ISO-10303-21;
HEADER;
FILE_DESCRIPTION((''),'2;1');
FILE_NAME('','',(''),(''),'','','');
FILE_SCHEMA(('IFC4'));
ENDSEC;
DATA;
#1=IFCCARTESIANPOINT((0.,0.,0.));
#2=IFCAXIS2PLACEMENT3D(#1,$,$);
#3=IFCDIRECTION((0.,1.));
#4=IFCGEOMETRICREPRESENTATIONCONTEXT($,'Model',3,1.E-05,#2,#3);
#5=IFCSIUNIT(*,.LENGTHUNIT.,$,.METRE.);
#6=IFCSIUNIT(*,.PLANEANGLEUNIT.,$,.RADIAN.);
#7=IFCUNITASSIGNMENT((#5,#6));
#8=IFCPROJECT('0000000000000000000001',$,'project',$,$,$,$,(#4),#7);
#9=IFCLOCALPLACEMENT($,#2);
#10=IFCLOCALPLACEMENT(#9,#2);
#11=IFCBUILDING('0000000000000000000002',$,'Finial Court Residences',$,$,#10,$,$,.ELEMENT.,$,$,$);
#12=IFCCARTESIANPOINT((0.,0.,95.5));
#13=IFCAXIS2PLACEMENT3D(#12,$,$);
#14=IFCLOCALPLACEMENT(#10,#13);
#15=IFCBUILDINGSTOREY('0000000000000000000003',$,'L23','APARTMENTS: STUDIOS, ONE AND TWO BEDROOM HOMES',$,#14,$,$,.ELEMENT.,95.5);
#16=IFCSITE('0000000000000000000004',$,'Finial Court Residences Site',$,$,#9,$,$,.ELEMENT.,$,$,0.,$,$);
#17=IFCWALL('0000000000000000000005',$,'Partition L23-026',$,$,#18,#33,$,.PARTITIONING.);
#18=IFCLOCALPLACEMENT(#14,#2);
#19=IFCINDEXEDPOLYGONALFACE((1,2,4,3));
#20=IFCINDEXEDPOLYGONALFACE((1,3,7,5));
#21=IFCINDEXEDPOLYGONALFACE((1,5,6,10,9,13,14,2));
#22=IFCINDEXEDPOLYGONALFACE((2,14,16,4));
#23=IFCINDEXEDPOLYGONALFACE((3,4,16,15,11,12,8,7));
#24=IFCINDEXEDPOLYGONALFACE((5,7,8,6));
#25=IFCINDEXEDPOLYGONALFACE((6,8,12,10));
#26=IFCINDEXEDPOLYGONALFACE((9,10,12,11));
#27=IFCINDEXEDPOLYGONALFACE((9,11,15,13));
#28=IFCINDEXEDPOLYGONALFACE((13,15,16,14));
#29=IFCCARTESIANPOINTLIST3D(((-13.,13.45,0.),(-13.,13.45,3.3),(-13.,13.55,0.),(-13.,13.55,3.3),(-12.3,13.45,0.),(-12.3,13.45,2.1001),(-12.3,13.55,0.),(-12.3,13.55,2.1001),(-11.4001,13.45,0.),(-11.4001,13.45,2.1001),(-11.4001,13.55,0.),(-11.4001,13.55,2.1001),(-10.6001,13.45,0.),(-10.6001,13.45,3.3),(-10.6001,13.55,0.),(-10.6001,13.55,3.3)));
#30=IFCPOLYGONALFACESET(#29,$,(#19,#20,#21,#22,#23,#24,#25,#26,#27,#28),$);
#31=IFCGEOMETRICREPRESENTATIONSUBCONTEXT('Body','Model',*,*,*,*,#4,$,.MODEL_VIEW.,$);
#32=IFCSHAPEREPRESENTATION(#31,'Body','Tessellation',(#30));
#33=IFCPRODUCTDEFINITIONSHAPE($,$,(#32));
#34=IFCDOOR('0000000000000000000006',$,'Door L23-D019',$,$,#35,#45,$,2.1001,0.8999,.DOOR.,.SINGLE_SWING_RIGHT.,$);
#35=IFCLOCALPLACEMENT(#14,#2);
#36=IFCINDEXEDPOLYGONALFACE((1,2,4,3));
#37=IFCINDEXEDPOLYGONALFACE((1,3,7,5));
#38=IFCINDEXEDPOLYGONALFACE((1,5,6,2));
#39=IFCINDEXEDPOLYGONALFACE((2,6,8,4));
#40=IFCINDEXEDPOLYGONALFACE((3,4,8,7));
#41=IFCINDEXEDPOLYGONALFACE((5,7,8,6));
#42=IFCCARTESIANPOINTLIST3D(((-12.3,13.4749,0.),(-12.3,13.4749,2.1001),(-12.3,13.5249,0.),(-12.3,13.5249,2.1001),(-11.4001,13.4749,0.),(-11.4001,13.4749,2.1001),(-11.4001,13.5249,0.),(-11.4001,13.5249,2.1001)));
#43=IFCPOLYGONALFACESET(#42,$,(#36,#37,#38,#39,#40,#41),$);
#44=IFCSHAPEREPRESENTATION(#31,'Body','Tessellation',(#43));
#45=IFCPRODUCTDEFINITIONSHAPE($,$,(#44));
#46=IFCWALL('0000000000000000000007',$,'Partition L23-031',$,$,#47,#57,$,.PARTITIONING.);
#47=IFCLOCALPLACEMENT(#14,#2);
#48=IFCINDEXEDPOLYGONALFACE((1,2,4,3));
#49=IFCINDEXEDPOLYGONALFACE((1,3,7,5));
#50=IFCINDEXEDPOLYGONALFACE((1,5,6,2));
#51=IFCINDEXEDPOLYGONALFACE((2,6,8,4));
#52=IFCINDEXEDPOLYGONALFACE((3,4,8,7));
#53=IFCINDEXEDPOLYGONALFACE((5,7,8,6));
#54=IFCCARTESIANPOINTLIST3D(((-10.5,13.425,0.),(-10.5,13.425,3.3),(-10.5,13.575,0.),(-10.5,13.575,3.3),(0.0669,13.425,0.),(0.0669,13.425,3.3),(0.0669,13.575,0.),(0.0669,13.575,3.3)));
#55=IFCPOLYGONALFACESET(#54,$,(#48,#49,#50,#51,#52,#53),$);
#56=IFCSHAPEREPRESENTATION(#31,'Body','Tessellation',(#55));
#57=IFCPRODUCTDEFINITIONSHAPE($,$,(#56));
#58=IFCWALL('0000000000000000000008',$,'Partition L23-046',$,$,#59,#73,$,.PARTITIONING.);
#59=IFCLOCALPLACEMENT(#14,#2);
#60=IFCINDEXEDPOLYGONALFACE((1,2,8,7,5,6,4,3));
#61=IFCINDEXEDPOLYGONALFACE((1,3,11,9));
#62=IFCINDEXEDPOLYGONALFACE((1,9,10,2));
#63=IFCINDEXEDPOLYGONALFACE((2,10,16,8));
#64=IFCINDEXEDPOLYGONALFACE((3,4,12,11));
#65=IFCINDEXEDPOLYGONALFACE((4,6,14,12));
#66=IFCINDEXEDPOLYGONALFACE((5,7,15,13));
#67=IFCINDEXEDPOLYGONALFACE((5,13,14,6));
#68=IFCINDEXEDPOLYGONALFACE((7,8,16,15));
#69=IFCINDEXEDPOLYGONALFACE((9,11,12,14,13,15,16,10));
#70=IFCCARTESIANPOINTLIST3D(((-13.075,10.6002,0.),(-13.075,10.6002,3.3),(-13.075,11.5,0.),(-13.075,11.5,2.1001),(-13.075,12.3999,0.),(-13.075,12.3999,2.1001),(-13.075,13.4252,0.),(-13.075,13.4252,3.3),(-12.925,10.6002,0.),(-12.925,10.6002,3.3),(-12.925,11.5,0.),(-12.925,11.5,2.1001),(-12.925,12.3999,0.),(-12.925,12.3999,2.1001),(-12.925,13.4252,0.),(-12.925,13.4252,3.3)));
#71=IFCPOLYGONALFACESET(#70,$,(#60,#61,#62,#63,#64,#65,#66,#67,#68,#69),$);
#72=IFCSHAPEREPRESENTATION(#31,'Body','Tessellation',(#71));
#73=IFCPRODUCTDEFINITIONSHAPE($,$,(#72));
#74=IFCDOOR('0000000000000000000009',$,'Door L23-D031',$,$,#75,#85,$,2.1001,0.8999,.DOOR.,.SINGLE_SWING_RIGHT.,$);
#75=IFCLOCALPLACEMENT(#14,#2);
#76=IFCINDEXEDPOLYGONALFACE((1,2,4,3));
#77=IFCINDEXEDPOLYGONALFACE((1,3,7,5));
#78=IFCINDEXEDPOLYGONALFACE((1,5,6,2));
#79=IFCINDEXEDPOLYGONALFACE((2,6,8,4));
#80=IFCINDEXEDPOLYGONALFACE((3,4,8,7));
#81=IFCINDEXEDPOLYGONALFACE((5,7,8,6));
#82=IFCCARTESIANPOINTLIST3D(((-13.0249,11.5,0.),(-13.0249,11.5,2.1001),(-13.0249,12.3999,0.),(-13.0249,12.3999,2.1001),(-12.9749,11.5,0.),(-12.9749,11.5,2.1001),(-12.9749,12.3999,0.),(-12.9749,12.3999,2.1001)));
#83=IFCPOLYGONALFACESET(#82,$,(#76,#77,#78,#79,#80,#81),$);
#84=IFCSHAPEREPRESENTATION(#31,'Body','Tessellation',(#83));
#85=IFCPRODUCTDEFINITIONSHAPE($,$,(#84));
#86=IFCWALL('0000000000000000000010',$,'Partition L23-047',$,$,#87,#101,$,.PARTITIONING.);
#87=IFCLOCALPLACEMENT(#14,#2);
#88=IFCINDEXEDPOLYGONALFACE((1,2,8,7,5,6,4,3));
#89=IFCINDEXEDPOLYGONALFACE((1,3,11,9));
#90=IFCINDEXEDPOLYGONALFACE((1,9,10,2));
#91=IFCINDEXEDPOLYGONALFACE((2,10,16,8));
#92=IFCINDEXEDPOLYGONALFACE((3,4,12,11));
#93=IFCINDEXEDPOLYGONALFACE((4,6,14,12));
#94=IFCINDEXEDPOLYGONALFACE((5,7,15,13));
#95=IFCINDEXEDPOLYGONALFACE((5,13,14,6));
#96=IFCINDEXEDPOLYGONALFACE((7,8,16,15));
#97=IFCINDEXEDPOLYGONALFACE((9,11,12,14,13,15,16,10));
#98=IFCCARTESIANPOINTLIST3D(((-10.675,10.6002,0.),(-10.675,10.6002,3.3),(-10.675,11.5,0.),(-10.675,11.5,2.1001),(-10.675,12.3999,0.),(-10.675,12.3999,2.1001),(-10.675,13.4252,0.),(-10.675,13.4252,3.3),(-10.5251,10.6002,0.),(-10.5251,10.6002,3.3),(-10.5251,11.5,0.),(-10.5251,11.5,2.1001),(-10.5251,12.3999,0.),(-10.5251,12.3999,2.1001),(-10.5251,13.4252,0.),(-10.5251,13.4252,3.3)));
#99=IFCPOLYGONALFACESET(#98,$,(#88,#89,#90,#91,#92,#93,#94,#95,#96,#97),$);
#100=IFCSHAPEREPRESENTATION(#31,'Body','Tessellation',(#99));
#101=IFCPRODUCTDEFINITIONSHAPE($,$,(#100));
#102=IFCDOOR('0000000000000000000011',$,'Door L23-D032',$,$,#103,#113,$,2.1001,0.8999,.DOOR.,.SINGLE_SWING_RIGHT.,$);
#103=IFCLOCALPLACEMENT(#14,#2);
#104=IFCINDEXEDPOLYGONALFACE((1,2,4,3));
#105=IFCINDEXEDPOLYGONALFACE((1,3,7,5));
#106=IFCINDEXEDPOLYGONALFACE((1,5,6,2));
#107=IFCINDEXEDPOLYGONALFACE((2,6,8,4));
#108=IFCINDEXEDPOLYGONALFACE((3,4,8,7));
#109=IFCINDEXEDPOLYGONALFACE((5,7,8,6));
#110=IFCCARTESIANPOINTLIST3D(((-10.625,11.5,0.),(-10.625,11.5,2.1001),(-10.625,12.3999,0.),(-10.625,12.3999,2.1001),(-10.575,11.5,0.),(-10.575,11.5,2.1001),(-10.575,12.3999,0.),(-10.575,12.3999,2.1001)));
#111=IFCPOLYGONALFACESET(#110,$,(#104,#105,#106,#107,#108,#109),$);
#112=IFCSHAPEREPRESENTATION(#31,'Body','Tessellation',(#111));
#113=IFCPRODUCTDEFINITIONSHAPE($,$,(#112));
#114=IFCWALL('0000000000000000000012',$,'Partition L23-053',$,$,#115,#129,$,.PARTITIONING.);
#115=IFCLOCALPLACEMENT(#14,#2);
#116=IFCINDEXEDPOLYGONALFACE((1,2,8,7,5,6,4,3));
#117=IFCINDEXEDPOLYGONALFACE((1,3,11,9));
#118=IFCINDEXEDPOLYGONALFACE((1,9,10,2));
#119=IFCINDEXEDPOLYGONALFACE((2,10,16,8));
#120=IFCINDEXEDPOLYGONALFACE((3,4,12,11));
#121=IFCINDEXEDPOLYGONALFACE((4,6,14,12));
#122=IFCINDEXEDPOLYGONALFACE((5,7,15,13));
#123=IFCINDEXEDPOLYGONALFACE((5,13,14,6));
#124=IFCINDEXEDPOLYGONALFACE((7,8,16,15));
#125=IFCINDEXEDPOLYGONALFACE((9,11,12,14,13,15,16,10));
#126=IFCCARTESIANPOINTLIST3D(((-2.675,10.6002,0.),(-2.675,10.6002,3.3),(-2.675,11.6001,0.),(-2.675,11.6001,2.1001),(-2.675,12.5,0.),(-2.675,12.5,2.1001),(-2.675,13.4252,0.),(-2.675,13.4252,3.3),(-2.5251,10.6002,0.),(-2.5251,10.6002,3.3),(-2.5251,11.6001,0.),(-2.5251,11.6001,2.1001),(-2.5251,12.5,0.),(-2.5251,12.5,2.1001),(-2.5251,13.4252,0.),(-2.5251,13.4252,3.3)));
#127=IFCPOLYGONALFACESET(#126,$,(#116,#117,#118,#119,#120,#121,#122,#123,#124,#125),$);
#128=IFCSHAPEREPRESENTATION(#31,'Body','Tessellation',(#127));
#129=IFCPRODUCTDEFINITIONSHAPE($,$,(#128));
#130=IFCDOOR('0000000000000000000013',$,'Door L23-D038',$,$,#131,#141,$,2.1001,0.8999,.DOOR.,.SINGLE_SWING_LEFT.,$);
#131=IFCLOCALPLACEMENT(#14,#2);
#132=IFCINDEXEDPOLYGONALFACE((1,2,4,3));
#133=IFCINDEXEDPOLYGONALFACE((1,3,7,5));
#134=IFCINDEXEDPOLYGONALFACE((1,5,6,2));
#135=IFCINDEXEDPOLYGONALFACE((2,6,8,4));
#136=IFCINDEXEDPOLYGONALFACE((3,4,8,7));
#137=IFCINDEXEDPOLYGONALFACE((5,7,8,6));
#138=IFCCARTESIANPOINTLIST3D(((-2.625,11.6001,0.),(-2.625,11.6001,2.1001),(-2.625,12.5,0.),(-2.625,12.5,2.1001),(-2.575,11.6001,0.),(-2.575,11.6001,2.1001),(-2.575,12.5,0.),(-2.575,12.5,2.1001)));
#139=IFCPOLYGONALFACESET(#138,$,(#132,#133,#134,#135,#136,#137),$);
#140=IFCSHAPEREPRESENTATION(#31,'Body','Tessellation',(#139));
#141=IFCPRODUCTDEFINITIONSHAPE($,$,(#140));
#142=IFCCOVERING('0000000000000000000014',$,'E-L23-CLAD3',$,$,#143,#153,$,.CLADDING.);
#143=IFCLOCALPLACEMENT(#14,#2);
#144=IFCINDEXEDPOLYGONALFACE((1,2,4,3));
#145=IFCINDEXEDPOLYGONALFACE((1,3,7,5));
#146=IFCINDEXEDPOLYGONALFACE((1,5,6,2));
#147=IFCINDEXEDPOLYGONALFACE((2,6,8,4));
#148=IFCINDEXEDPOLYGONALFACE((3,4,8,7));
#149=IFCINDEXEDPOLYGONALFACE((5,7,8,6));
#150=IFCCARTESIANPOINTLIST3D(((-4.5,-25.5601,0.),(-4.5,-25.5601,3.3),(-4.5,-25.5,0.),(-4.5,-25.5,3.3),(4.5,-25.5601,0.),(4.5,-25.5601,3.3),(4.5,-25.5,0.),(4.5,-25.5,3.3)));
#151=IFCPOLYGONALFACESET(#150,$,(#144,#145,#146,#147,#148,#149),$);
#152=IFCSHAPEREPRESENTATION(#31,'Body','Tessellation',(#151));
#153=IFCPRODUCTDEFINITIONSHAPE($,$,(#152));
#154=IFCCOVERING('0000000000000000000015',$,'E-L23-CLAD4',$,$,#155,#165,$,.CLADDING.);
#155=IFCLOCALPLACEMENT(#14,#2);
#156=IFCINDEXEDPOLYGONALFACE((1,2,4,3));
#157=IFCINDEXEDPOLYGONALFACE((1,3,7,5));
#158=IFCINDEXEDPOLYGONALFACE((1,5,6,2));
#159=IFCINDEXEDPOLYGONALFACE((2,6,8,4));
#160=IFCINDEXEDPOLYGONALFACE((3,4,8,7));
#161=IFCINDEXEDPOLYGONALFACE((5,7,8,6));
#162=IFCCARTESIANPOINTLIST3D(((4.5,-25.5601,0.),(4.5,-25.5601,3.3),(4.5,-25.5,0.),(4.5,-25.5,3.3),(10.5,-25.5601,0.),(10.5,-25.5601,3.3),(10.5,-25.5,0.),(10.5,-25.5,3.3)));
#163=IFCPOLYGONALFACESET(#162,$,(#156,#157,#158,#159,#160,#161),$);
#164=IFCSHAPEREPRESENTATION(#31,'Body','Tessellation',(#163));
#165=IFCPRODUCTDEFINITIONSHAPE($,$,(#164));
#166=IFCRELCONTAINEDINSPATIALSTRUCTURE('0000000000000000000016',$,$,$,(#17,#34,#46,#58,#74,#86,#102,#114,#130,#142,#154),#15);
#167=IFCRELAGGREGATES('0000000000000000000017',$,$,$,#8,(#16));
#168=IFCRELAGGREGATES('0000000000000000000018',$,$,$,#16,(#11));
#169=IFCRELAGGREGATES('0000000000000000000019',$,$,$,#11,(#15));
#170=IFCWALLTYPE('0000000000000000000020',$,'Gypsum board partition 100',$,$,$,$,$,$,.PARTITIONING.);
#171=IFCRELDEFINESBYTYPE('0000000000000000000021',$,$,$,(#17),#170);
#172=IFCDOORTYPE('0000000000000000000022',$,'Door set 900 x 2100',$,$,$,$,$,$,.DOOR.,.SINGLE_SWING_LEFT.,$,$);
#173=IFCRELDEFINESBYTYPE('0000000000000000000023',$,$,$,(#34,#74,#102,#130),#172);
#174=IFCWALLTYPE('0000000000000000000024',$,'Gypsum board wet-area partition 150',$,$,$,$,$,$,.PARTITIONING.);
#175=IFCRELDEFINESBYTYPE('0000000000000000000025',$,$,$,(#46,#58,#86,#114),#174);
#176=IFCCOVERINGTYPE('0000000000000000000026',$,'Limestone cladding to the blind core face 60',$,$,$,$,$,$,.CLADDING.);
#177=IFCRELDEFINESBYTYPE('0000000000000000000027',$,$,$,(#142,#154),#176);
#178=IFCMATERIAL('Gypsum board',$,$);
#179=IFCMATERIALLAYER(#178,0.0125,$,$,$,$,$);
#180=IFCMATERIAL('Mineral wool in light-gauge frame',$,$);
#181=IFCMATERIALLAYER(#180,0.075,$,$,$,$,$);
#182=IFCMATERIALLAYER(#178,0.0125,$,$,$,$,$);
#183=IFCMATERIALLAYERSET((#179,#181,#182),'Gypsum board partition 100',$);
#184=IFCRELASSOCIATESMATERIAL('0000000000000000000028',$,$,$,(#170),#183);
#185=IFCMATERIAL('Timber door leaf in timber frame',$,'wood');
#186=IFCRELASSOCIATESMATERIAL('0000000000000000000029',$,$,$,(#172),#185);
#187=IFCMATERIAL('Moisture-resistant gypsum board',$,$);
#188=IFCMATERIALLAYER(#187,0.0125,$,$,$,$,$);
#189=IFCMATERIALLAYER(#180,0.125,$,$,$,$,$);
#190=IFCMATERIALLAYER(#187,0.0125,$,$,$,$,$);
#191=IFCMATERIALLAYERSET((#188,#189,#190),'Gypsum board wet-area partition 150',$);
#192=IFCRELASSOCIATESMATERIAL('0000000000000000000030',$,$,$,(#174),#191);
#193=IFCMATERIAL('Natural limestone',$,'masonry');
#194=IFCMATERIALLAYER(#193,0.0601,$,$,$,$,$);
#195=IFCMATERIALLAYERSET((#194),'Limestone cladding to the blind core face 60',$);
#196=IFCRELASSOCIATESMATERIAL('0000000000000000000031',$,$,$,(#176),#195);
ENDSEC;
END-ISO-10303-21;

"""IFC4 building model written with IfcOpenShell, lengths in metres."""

from ifc_helpers import new_model, si_unit, direction, frame, frame_2d, origin, place, context, subcontext, project, spatial, polyline, rectangle, outline, extrude, material, layer, layer_set, type_object, element, fill, save


model = new_model("IFC4")

# Units and contexts
model_context = context("Model", 3, precision=1e-05, world=origin(), true_north=direction((0.0, 1.0)))
body_context = subcontext(model_context, "Body", "Model", "MODEL_VIEW")
ifc_project = project(units=[si_unit("LENGTHUNIT", "METRE"), si_unit("PLANEANGLEUNIT", "RADIAN")], contexts=[model_context])

# Site, building, storey
site_placement = place(None, origin())
site = spatial("IfcSite", under=ifc_project, at=site_placement, Name="Finial Court Residences Site", CompositionType="ELEMENT", RefElevation=0.0)
building_placement = place(site_placement, origin())
building = spatial("IfcBuilding", under=site, at=building_placement, Name="Finial Court Residences", CompositionType="ELEMENT")
storey_placement = place(building_placement, frame((0.0, 0.0, 95.5)))
storey = spatial("IfcBuildingStorey", under=building, at=storey_placement, Name="L23", Description="APARTMENTS: STUDIOS, ONE AND TWO BEDROOM HOMES", CompositionType="ELEMENT", Elevation=95.5)

# Shared definitions
ifc_material_1 = material(Name="Gypsum board")

# Wall, opening, door
ifc_layer_1 = layer(ifc_material_1, 0.0125)
ifc_material_2 = material(Name="Mineral wool in light-gauge frame")
ifc_layer_2 = layer(ifc_material_2, 0.075)
ifc_layer_3 = layer(ifc_material_1, 0.0125)
ifc_layer_set_1 = layer_set([ifc_layer_1, ifc_layer_2, ifc_layer_3], Name="Gypsum board partition 100")
wall_type_1 = type_object("IfcWallType", Name="Gypsum board partition 100", PredefinedType="PARTITIONING", material=ifc_layer_set_1)
wall_1_placement = place(storey_placement, frame((-13.0, 13.5, 0.0), z_axis=(0.0, 0.0, 1.0), x_axis=(1.0, 0.0, 0.0)))
wall_1 = element("IfcWall", 1, at=wall_1_placement, inside=storey, type_object=wall_type_1, Name="Partition L23-026", PredefinedType="PARTITIONING", context=body_context, shape_type="SweptSolid", body=[
    extrude(rectangle(XDim=2.3999, YDim=0.1001, at=frame_2d((1.2, 0.0))), origin(), (0.0, 0.0, 1.0), 3.3),
])
opening_1_placement = place(wall_1_placement, frame((0.7, 0.0, 0.0)))
opening_1 = element("IfcOpeningElement", 2, at=opening_1_placement, cuts=wall_1, PredefinedType="OPENING", context=body_context, shape_type="SweptSolid", body=[
    extrude(rectangle(XDim=0.8999, YDim=2.1001, at=frame_2d((0.45, 1.05))), frame((0.0, 0.0601, 0.0), z_axis=(0.0, -1.0, 0.0), x_axis=(1.0, 0.0, 0.0)), (0.0, 0.0, 1.0), 0.1201),
])
ifc_material_3 = material(Name="Timber door leaf in timber frame", Category="wood")
door_type = type_object("IfcDoorType", Name="Door set 900 x 2100", OperationType="SINGLE_SWING_LEFT", PredefinedType="DOOR", material=ifc_material_3)
door_1_placement = place(opening_1_placement, origin())
door_1 = element("IfcDoor", 3, at=door_1_placement, inside=storey, type_object=door_type, Name="Door L23-D019", OperationType="SINGLE_SWING_RIGHT", OverallHeight=2.1001, OverallWidth=0.8999, PredefinedType="DOOR", context=body_context, shape_type="SweptSolid", body=[
    extrude(rectangle(XDim=0.8999, YDim=2.1001, at=frame_2d((0.45, 1.05))), frame((0.0, 0.0249, 0.0), z_axis=(0.0, -1.0, 0.0), x_axis=(1.0, 0.0, 0.0)), (0.0, 0.0, 1.0), 0.05),
])
fill(opening_1, door_1)

# Wall
ifc_material_4 = material(Name="Moisture-resistant gypsum board")
ifc_layer_4 = layer(ifc_material_4, 0.0125)
ifc_layer_5 = layer(ifc_material_2, 0.125)
ifc_layer_6 = layer(ifc_material_4, 0.0125)
ifc_layer_set_2 = layer_set([ifc_layer_4, ifc_layer_5, ifc_layer_6], Name="Gypsum board wet-area partition 150")
wall_type_2 = type_object("IfcWallType", Name="Gypsum board wet-area partition 150", PredefinedType="PARTITIONING", material=ifc_layer_set_2)
wall_2_placement = place(storey_placement, frame((-10.5, 13.5, 0.0), z_axis=(0.0, 0.0, 1.0), x_axis=(1.0, 0.0, 0.0)))
element("IfcWall", 4, at=wall_2_placement, inside=storey, type_object=wall_type_2, Name="Partition L23-031", PredefinedType="PARTITIONING", context=body_context, shape_type="SweptSolid", body=[
    extrude(rectangle(XDim=10.5669, YDim=0.1499, at=frame_2d((5.2834, 0.0))), origin(), (0.0, 0.0, 1.0), 3.3),
])

# Walls, openings, doors
wall_3_placement = place(storey_placement, frame((-13.0, 10.6001, 0.0), z_axis=(0.0, 0.0, 1.0), x_axis=(0.0, 1.0, 0.0)))
wall_3 = element("IfcWall", 5, at=wall_3_placement, inside=storey, type_object=wall_type_2, Name="Partition L23-046", PredefinedType="PARTITIONING", context=body_context, shape_type="SweptSolid", body=[
    extrude(rectangle(XDim=2.825, YDim=0.1499, at=frame_2d((1.4126, 0.0))), origin(), (0.0, 0.0, 1.0), 3.3),
])
opening_2_placement = place(wall_3_placement, frame((0.8999, 0.0, 0.0)))
opening_2 = element("IfcOpeningElement", 6, at=opening_2_placement, cuts=wall_3, PredefinedType="OPENING", context=body_context, shape_type="SweptSolid", body=[
    extrude(rectangle(XDim=0.8999, YDim=2.1001, at=frame_2d((0.45, 1.05))), frame((0.0, 0.085, 0.0), z_axis=(0.0, -1.0, 0.0), x_axis=(1.0, 0.0, 0.0)), (0.0, 0.0, 1.0), 0.1699),
])
door_2_placement = place(opening_2_placement, origin())
door_2 = element("IfcDoor", 7, at=door_2_placement, inside=storey, type_object=door_type, Name="Door L23-D031", OperationType="SINGLE_SWING_RIGHT", OverallHeight=2.1001, OverallWidth=0.8999, PredefinedType="DOOR", context=body_context, shape_type="SweptSolid", body=[
    extrude(rectangle(XDim=0.8999, YDim=2.1001, at=frame_2d((0.45, 1.05))), frame((0.0, 0.0249, 0.0), z_axis=(0.0, -1.0, 0.0), x_axis=(1.0, 0.0, 0.0)), (0.0, 0.0, 1.0), 0.05),
])
fill(opening_2, door_2)
wall_4_placement = place(storey_placement, frame((-10.6001, 10.6001, 0.0), z_axis=(0.0, 0.0, 1.0), x_axis=(0.0, 1.0, 0.0)))
wall_4 = element("IfcWall", 8, at=wall_4_placement, inside=storey, type_object=wall_type_2, Name="Partition L23-047", PredefinedType="PARTITIONING", context=body_context, shape_type="SweptSolid", body=[
    extrude(rectangle(XDim=2.825, YDim=0.1499, at=frame_2d((1.4126, 0.0))), origin(), (0.0, 0.0, 1.0), 3.3),
])
opening_3_placement = place(wall_4_placement, frame((0.8999, 0.0, 0.0)))
opening_3 = element("IfcOpeningElement", 9, at=opening_3_placement, cuts=wall_4, PredefinedType="OPENING", context=body_context, shape_type="SweptSolid", body=[
    extrude(rectangle(XDim=0.8999, YDim=2.1001, at=frame_2d((0.45, 1.05))), frame((0.0, 0.085, 0.0), z_axis=(0.0, -1.0, 0.0), x_axis=(1.0, 0.0, 0.0)), (0.0, 0.0, 1.0), 0.1699),
])
door_3_placement = place(opening_3_placement, origin())
door_3 = element("IfcDoor", 10, at=door_3_placement, inside=storey, type_object=door_type, Name="Door L23-D032", OperationType="SINGLE_SWING_RIGHT", OverallHeight=2.1001, OverallWidth=0.8999, PredefinedType="DOOR", context=body_context, shape_type="SweptSolid", body=[
    extrude(rectangle(XDim=0.8999, YDim=2.1001, at=frame_2d((0.45, 1.05))), frame((0.0, 0.0249, 0.0), z_axis=(0.0, -1.0, 0.0), x_axis=(1.0, 0.0, 0.0)), (0.0, 0.0, 1.0), 0.05),
])
fill(opening_3, door_3)
wall_5_placement = place(storey_placement, frame((-2.6001, 10.6001, 0.0), z_axis=(0.0, 0.0, 1.0), x_axis=(0.0, 1.0, 0.0)))
wall_5 = element("IfcWall", 11, at=wall_5_placement, inside=storey, type_object=wall_type_2, Name="Partition L23-053", PredefinedType="PARTITIONING", context=body_context, shape_type="SweptSolid", body=[
    extrude(rectangle(XDim=2.825, YDim=0.1499, at=frame_2d((1.4126, 0.0))), origin(), (0.0, 0.0, 1.0), 3.3),
])
opening_4_placement = place(wall_5_placement, frame((1.0, 0.0, 0.0)))
opening_4 = element("IfcOpeningElement", 12, at=opening_4_placement, cuts=wall_5, PredefinedType="OPENING", context=body_context, shape_type="SweptSolid", body=[
    extrude(rectangle(XDim=0.8999, YDim=2.1001, at=frame_2d((0.45, 1.05))), frame((0.0, 0.085, 0.0), z_axis=(0.0, -1.0, 0.0), x_axis=(1.0, 0.0, 0.0)), (0.0, 0.0, 1.0), 0.1699),
])
door_4_placement = place(opening_4_placement, origin())
door_4 = element("IfcDoor", 13, at=door_4_placement, inside=storey, type_object=door_type, Name="Door L23-D038", OperationType="SINGLE_SWING_LEFT", OverallHeight=2.1001, OverallWidth=0.8999, PredefinedType="DOOR", context=body_context, shape_type="SweptSolid", body=[
    extrude(rectangle(XDim=0.8999, YDim=2.1001, at=frame_2d((0.45, 1.05))), frame((0.0, 0.0249, 0.0), z_axis=(0.0, -1.0, 0.0), x_axis=(1.0, 0.0, 0.0)), (0.0, 0.0, 1.0), 0.05),
])
fill(opening_4, door_4)

# Coverings
ifc_material_5 = material(Name="Natural limestone", Category="masonry")
ifc_layer_7 = layer(ifc_material_5, 0.0601)
ifc_layer_set_3 = layer_set([ifc_layer_7], Name="Limestone cladding to the blind core face 60")
covering_type = type_object("IfcCoveringType", Name="Limestone cladding to the blind core face 60", PredefinedType="CLADDING", material=ifc_layer_set_3)
covering_1_placement = place(storey_placement, origin())
element("IfcCovering", 14, at=covering_1_placement, inside=storey, type_object=covering_type, Name="E-L23-CLAD3", PredefinedType="CLADDING", context=body_context, shape_type="SweptSolid", body=[
    extrude(outline(polyline([(4.5, -25.5601), (4.5, -25.5), (-4.5, -25.5), (-4.5, -25.5601), (4.5, -25.5601)])), origin(), (0.0, 0.0, 1.0), 3.3),
])
covering_2_placement = place(storey_placement, origin())
element("IfcCovering", 15, at=covering_2_placement, inside=storey, type_object=covering_type, Name="E-L23-CLAD4", PredefinedType="CLADDING", context=body_context, shape_type="SweptSolid", body=[
    extrude(outline(polyline([(10.5, -25.5601), (10.5, -25.5), (4.5, -25.5), (4.5, -25.5601), (10.5, -25.5601)])), origin(), (0.0, 0.0, 1.0), 3.3),
])

save(model, "model.ifc")
